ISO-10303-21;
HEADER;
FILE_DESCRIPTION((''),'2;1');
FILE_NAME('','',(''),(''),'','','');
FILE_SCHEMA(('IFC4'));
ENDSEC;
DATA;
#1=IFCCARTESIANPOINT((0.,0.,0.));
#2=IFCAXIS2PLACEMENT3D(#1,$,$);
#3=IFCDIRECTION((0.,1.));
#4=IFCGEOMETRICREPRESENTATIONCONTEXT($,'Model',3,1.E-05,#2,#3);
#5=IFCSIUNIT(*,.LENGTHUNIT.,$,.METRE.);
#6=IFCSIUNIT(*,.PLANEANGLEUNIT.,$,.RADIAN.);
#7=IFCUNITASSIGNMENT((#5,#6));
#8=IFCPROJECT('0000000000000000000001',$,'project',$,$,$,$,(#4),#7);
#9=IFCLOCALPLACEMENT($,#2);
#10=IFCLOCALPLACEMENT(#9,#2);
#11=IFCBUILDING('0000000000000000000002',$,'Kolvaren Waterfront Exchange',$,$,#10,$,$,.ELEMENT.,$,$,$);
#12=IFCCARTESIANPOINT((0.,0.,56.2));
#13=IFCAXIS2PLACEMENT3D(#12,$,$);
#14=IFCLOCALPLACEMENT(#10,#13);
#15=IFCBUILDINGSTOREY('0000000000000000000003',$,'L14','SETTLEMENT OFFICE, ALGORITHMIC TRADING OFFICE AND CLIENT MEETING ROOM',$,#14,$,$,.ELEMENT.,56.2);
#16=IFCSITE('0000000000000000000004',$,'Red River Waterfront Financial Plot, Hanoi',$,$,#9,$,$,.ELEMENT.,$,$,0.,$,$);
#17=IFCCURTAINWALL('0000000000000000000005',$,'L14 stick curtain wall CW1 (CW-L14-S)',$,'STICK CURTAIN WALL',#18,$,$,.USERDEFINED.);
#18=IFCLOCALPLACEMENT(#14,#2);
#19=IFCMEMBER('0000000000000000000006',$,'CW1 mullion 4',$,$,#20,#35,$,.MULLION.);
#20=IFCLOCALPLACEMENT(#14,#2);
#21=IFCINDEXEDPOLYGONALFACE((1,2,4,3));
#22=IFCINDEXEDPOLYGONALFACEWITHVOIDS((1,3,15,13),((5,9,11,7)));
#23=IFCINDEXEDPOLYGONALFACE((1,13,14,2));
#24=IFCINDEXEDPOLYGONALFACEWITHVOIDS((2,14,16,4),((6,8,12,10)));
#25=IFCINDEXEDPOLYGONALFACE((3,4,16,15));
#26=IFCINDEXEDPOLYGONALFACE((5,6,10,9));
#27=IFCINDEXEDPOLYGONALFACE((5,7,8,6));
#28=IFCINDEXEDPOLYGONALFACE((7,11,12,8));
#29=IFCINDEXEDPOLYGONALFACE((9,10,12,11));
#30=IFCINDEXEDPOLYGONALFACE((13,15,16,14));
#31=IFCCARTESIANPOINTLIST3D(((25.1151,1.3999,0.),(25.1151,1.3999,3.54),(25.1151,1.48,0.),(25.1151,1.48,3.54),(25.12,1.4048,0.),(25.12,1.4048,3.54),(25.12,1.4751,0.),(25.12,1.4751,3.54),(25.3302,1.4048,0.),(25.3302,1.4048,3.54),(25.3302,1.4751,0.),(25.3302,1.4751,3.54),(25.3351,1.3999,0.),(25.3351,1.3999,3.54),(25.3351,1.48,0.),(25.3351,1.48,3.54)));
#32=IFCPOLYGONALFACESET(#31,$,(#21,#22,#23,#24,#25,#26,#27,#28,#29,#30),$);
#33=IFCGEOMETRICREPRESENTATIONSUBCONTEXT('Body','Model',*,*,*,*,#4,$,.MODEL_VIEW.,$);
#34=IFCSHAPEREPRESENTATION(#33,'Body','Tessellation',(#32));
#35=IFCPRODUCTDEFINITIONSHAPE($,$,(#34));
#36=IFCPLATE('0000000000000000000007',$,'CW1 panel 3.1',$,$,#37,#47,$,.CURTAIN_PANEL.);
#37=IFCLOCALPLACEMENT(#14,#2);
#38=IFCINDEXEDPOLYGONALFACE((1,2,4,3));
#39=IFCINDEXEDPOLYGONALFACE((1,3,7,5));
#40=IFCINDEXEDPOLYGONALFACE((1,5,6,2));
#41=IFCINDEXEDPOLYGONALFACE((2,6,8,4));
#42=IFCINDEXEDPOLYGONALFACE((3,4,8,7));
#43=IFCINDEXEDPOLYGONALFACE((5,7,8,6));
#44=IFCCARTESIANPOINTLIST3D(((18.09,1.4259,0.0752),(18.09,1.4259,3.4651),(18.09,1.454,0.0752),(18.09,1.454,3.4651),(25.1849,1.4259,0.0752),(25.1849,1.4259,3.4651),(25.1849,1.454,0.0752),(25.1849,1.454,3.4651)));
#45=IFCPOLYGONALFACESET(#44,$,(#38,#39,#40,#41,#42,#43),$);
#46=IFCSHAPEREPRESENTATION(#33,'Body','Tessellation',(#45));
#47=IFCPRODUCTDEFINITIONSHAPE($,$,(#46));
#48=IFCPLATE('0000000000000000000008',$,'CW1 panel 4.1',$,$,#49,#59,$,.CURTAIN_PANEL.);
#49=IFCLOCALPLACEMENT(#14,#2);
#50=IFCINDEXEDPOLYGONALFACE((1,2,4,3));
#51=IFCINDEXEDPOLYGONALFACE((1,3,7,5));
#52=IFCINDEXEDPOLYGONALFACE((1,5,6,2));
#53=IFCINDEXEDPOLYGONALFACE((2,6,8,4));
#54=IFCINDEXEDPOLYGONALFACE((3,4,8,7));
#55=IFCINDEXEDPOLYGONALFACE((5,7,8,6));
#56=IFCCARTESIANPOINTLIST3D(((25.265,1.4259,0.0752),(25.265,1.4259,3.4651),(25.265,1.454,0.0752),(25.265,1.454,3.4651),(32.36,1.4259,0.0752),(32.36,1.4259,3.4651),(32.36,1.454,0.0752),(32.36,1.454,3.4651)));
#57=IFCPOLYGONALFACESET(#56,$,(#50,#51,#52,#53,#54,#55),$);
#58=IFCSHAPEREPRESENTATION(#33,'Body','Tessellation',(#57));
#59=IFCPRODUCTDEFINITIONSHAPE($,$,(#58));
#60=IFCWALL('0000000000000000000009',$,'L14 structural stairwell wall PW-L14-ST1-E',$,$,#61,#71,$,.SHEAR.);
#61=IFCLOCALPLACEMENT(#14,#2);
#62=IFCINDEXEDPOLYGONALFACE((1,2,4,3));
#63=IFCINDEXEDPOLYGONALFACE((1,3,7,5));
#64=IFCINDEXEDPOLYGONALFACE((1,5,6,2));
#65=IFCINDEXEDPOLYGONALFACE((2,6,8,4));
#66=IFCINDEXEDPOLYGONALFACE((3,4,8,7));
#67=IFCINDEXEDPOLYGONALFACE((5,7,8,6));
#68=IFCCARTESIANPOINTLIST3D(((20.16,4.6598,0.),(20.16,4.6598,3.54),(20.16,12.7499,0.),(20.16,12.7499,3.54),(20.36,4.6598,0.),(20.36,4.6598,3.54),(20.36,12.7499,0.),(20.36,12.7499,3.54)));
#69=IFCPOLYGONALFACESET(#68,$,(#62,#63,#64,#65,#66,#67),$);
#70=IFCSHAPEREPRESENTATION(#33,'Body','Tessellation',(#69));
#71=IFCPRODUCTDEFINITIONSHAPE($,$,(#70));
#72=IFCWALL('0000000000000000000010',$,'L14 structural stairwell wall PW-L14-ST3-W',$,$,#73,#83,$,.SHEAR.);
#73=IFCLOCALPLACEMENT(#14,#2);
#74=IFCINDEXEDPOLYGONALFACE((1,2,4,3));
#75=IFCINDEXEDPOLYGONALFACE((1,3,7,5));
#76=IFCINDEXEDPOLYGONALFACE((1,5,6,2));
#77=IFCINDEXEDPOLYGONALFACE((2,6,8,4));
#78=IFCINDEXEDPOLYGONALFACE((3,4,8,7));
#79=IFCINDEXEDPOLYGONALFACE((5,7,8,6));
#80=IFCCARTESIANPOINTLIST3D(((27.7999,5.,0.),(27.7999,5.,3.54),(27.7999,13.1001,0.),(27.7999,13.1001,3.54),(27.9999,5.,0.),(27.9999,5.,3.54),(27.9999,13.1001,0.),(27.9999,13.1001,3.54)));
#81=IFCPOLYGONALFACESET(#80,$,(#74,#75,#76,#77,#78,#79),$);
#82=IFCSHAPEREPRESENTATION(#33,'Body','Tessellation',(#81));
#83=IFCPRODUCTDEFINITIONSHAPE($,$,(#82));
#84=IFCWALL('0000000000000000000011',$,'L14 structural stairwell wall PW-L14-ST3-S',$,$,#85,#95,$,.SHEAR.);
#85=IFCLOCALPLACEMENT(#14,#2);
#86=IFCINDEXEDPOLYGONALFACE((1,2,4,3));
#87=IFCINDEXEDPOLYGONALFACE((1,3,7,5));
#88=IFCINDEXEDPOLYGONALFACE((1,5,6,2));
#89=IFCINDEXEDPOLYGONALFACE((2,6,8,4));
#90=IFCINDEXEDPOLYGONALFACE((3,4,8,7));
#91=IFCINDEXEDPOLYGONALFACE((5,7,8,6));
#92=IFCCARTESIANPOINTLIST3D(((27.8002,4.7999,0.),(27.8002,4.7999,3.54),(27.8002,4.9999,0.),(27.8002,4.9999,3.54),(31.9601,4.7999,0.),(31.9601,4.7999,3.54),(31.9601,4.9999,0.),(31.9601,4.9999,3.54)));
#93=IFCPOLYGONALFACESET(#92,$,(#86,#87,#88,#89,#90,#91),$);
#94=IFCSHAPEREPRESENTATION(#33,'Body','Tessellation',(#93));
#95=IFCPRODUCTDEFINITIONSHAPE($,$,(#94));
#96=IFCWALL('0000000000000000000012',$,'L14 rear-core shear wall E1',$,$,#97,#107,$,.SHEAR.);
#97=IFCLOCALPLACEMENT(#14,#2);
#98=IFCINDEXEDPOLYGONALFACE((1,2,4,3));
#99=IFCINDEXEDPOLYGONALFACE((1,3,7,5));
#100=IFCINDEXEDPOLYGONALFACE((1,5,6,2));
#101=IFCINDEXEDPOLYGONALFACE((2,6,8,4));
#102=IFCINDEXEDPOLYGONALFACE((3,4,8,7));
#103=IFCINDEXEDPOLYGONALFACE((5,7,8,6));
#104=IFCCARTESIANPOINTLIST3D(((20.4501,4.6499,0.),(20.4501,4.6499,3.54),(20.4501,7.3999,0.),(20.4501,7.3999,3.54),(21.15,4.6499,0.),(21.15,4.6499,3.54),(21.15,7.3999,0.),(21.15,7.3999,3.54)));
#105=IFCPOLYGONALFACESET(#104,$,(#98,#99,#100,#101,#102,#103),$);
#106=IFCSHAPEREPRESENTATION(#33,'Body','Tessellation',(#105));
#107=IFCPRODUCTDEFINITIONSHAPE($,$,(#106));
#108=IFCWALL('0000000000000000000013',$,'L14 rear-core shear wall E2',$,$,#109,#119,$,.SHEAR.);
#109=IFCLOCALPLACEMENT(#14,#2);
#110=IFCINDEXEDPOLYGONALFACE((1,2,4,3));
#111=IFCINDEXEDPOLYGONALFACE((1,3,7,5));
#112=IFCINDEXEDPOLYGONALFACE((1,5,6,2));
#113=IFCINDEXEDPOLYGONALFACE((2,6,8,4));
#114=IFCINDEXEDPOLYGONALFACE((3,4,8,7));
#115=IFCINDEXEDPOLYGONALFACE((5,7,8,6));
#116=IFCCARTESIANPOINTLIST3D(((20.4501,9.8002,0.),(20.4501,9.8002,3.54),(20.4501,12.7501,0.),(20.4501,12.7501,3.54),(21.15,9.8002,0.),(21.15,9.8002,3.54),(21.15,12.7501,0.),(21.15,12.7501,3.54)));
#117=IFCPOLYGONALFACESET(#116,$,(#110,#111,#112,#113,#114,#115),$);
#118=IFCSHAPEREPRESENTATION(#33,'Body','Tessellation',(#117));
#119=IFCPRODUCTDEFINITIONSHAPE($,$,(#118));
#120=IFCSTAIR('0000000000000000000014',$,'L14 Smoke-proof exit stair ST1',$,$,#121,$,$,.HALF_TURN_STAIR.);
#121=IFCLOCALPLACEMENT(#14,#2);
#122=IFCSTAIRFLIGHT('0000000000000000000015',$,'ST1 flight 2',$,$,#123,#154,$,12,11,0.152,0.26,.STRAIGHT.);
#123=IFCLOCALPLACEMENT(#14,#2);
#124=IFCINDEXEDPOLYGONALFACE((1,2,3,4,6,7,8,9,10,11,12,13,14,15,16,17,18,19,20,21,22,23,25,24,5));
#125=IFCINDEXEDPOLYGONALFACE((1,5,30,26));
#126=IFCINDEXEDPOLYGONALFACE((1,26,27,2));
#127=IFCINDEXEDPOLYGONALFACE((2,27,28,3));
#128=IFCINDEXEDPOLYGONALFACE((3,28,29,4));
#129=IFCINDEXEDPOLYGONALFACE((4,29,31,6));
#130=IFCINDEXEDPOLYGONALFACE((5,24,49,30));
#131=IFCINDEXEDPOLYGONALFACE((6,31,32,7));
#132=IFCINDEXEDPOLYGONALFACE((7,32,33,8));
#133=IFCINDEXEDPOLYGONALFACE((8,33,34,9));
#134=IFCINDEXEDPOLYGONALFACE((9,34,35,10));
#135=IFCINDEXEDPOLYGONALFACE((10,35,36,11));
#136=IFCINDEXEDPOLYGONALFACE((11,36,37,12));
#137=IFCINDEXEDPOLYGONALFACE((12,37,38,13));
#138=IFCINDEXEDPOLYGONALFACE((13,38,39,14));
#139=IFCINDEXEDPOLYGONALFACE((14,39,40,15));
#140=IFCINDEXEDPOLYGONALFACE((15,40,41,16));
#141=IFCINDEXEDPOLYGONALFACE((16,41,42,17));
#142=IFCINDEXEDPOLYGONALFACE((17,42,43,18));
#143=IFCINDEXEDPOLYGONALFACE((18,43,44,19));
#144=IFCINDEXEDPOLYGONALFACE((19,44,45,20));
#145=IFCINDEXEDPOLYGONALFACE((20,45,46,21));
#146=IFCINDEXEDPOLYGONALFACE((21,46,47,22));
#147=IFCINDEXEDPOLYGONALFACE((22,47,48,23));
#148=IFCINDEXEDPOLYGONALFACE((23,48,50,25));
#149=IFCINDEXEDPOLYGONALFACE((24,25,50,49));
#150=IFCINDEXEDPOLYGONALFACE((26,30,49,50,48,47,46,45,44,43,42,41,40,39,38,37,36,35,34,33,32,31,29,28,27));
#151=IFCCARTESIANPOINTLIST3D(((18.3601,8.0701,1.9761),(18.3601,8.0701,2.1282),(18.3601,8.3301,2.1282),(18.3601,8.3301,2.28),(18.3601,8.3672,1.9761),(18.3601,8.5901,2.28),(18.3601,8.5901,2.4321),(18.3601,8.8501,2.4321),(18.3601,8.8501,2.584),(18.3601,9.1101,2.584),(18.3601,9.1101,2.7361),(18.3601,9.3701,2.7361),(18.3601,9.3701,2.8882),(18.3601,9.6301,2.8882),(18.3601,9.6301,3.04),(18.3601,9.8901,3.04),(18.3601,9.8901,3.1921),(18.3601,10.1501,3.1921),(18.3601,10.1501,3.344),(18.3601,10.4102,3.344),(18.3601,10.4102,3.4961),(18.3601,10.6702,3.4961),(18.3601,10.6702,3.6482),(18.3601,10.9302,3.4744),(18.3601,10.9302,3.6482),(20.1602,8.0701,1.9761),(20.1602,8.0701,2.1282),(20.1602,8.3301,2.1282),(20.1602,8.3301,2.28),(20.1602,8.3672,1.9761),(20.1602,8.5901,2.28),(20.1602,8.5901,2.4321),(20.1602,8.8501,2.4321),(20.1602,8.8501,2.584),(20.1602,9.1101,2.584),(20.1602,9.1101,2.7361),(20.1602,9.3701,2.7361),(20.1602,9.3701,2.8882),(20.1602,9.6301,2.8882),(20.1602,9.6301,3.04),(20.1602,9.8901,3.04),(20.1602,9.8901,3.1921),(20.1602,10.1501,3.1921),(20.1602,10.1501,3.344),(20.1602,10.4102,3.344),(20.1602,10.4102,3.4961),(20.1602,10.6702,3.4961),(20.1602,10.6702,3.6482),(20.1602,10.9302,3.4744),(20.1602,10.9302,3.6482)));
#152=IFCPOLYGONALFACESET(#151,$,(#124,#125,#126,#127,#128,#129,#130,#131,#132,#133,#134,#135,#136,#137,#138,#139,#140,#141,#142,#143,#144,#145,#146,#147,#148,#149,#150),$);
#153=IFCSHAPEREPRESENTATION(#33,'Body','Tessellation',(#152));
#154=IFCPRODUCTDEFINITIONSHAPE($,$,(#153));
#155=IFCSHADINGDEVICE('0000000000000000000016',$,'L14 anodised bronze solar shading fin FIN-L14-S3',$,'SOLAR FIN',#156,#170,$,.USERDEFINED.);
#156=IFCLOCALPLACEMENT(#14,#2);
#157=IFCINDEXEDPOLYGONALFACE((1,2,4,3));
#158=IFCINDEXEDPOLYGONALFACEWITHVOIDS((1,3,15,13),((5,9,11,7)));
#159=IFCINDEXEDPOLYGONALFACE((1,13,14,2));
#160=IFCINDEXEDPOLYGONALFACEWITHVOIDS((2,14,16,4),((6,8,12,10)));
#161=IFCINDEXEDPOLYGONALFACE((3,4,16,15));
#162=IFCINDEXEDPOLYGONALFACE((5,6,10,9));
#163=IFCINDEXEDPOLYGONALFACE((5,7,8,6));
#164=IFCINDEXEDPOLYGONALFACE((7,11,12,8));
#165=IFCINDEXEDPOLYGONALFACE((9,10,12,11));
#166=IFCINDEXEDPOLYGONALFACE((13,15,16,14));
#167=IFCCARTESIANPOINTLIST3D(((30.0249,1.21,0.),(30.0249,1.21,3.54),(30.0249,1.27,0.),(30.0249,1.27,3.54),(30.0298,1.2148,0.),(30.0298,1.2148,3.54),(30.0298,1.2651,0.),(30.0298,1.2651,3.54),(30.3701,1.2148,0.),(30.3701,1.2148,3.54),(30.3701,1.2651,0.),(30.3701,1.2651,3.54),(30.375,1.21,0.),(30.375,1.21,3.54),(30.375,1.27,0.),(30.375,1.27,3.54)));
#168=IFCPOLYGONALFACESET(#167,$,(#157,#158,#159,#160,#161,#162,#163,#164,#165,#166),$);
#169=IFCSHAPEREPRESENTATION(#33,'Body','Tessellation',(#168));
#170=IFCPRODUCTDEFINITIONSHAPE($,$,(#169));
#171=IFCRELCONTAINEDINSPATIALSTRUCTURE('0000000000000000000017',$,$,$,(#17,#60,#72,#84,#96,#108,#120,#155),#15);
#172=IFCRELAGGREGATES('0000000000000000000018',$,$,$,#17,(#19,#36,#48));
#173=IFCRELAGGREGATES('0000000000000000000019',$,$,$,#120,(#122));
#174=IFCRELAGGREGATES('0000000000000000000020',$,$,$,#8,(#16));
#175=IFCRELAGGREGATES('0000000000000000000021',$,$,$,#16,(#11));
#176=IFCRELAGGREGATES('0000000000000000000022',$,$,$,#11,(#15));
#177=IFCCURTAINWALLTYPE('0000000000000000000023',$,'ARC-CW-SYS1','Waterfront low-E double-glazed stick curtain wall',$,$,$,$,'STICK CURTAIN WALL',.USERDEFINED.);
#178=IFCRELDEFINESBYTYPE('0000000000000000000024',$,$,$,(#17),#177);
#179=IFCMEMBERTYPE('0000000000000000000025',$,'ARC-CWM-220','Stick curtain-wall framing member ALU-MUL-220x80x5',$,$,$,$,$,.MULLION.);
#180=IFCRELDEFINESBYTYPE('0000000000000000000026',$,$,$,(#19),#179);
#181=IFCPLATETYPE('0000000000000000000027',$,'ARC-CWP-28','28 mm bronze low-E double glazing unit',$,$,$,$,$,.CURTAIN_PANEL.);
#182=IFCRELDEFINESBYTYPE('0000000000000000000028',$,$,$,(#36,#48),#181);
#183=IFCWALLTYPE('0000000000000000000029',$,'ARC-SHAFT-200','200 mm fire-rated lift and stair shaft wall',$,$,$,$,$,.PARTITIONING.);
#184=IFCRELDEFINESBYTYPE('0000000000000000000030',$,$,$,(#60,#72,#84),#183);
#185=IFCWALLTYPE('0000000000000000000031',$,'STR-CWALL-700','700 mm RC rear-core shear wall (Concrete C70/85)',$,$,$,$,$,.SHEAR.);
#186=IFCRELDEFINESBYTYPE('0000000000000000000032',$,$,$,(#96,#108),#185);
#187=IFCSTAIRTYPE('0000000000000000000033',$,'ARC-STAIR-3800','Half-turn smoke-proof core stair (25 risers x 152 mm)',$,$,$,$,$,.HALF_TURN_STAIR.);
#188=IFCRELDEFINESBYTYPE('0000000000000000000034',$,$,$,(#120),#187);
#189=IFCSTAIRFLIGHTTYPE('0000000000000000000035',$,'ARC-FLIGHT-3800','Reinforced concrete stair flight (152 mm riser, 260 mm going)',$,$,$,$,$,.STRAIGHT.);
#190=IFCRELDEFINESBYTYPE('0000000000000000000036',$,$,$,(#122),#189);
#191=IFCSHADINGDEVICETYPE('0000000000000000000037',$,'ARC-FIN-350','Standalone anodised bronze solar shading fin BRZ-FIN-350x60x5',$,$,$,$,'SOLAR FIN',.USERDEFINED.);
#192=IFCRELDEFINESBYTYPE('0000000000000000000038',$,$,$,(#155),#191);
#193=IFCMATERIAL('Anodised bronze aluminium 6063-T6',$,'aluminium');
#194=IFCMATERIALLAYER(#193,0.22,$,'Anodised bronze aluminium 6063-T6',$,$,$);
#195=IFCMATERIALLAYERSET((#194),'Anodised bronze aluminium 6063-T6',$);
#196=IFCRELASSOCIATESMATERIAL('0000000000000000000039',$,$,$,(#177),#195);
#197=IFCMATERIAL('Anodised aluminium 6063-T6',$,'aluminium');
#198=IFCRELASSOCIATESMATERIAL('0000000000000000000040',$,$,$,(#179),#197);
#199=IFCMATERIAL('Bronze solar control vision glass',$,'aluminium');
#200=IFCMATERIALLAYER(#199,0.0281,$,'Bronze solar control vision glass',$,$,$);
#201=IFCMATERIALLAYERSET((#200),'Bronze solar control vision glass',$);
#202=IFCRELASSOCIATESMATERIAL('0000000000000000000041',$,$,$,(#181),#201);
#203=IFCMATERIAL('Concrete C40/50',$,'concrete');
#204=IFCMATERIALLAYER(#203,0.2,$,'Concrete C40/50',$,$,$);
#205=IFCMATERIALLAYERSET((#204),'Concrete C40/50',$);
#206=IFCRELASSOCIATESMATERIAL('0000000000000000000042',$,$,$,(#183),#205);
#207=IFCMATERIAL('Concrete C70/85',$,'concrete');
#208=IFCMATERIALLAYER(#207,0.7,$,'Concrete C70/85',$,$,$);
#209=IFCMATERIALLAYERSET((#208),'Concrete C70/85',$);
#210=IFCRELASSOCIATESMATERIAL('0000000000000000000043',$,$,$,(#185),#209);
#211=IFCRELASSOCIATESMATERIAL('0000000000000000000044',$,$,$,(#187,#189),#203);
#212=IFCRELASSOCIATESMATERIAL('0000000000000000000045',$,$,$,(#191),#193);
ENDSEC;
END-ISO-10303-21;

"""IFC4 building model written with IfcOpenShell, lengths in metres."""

from ifc_helpers import new_model, si_unit, direction, frame, frame_2d, origin, origin_with_axes, origin_2d, place, context, subcontext, project, spatial, polyline, rectangle, hollow_rectangle, outline, extrude, source, transform, mapped, material, layer, layer_set, material_profile, profile_set, type_object, element, aggregate, save


model = new_model("IFC4")

# Units and contexts
model_context = context("Model", 3, precision=1e-05, world=origin(), true_north=direction((0.0, 1.0)))
body_context = subcontext(model_context, "Body", "Model", "MODEL_VIEW")
ifc_project = project(units=[si_unit("LENGTHUNIT", "METRE"), si_unit("PLANEANGLEUNIT", "RADIAN")], contexts=[model_context])

# Site, building, storey
site_placement = place(None, origin())
site = spatial("IfcSite", under=ifc_project, at=site_placement, Name="Red River Waterfront Financial Plot, Hanoi", CompositionType="ELEMENT", RefElevation=0.0)
building_placement = place(site_placement, origin())
building = spatial("IfcBuilding", under=site, at=building_placement, Name="Kolvaren Waterfront Exchange", CompositionType="ELEMENT")
storey_placement = place(building_placement, frame((0.0, 0.0, 56.2)))
storey = spatial("IfcBuildingStorey", under=building, at=storey_placement, Name="L14", Description="SETTLEMENT OFFICE, ALGORITHMIC TRADING OFFICE AND CLIENT MEETING ROOM", CompositionType="ELEMENT", Elevation=56.2)

# Shared definitions
ifc_material_1 = material(Name="Concrete C70/85", Category="concrete")

# Curtain wall, member, plates
ifc_material_2 = material(Name="Anodised bronze aluminium 6063-T6", Category="aluminium")
ifc_layer_1 = layer(ifc_material_2, 0.22, Name="Anodised bronze aluminium 6063-T6")
ifc_layer_set_1 = layer_set([ifc_layer_1], Name="Anodised bronze aluminium 6063-T6")
curtain_wall_type = type_object("IfcCurtainWallType", Name="ARC-CW-SYS1", Description="Waterfront low-E double-glazed stick curtain wall", ElementType="STICK CURTAIN WALL", PredefinedType="USERDEFINED", material=ifc_layer_set_1)
curtain_wall_placement = place(storey_placement, origin())
curtain_wall = element("IfcCurtainWall", 1, at=curtain_wall_placement, inside=storey, type_object=curtain_wall_type, Name="L14 stick curtain wall CW1 (CW-L14-S)", ObjectType="STICK CURTAIN WALL", PredefinedType="USERDEFINED")
ifc_material_3 = material(Name="Anodised aluminium 6063-T6", Category="aluminium")
ifc_material_profile_1 = material_profile(ifc_material_3, hollow_rectangle(XDim=0.0801, YDim=0.22, WallThickness=0.0049, at=origin_2d()), Name="ALU-MUL-220x80x5")
ifc_profile_set_1 = profile_set([ifc_material_profile_1], Name="Anodised aluminium 6063-T6")
member_type_1 = type_object("IfcMemberType", Name="ARC-CWM-220", Description="Stick curtain-wall framing member ALU-MUL-220x80x5", PredefinedType="MULLION", material=ifc_profile_set_1)
shared_shape_1 = source(origin_with_axes(), body_context, "Body", "SweptSolid", [
    extrude(hollow_rectangle(XDim=0.0801, YDim=0.22, WallThickness=0.0049, at=origin_2d()), origin(), (0.0, 0.0, 1.0), 3.54),
])
member_1_placement = place(storey_placement, frame((25.2251, 1.4399, 0.0), z_axis=(0.0, 0.0, 1.0), x_axis=(0.0, 1.0, 0.0)))
member_1 = element("IfcMember", 2, at=member_1_placement, type_object=member_type_1, Name="CW1 mullion 4", PredefinedType="MULLION", context=body_context, shape_type="MappedRepresentation", body=[
    mapped(shared_shape_1, transform((0.0, 0.0, 0.0), x_axis=(1.0, 0.0, 0.0), y_axis=(0.0, 1.0, 0.0), z_axis=(0.0, 0.0, 1.0), scale=1.0)),
])
ifc_material_4 = material(Name="Bronze solar control vision glass", Category="aluminium")
ifc_layer_2 = layer(ifc_material_4, 0.0281, Name="Bronze solar control vision glass")
ifc_layer_set_2 = layer_set([ifc_layer_2], Name="Bronze solar control vision glass")
plate_type = type_object("IfcPlateType", Name="ARC-CWP-28", Description="28 mm bronze low-E double glazing unit", PredefinedType="CURTAIN_PANEL", material=ifc_layer_set_2)
shared_shape_2 = source(origin_with_axes(), body_context, "Body", "SweptSolid", [
    extrude(rectangle(XDim=7.095, YDim=0.0281, at=origin_2d()), origin(), (0.0, 0.0, 1.0), 3.3899),
])
plate_1_placement = place(storey_placement, frame((21.6375, 1.4399, 0.0752), z_axis=(0.0, 0.0, 1.0), x_axis=(1.0, 0.0, 0.0)))
plate_1 = element("IfcPlate", 3, at=plate_1_placement, type_object=plate_type, Name="CW1 panel 3.1", PredefinedType="CURTAIN_PANEL", context=body_context, shape_type="MappedRepresentation", body=[
    mapped(shared_shape_2, transform((0.0, 0.0, 0.0), x_axis=(1.0, 0.0, 0.0), y_axis=(0.0, 1.0, 0.0), z_axis=(0.0, 0.0, 1.0), scale=1.0)),
])
plate_2_placement = place(storey_placement, frame((28.8125, 1.4399, 0.0752), z_axis=(0.0, 0.0, 1.0), x_axis=(1.0, 0.0, 0.0)))
plate_2 = element("IfcPlate", 4, at=plate_2_placement, type_object=plate_type, Name="CW1 panel 4.1", PredefinedType="CURTAIN_PANEL", context=body_context, shape_type="MappedRepresentation", body=[
    mapped(shared_shape_2, transform((0.0, 0.0, 0.0), x_axis=(1.0, 0.0, 0.0), y_axis=(0.0, 1.0, 0.0), z_axis=(0.0, 0.0, 1.0), scale=1.0)),
])
aggregate(curtain_wall, [member_1, plate_1, plate_2])

# Walls
ifc_material_5 = material(Name="Concrete C40/50", Category="concrete")
ifc_layer_3 = layer(ifc_material_5, 0.2, Name="Concrete C40/50")
ifc_layer_set_3 = layer_set([ifc_layer_3], Name="Concrete C40/50")
wall_type_1 = type_object("IfcWallType", Name="ARC-SHAFT-200", Description="200 mm fire-rated lift and stair shaft wall", PredefinedType="PARTITIONING", material=ifc_layer_set_3)
wall_1_placement = place(storey_placement, frame((20.26, 4.6599, 0.0), z_axis=(0.0, 0.0, 1.0), x_axis=(0.0, 1.0, 0.0)))
element("IfcWall", 5, at=wall_1_placement, inside=storey, type_object=wall_type_1, Name="L14 structural stairwell wall PW-L14-ST1-E", PredefinedType="SHEAR", context=body_context, shape_type="SweptSolid", body=[
    extrude(rectangle(XDim=8.0901, YDim=0.2, at=frame_2d((4.0449, 0.0))), origin(), (0.0, 0.0, 1.0), 3.54),
])
wall_2_placement = place(storey_placement, frame((27.8999, 5.0, 0.0), z_axis=(0.0, 0.0, 1.0), x_axis=(0.0, 1.0, 0.0)))
element("IfcWall", 6, at=wall_2_placement, inside=storey, type_object=wall_type_1, Name="L14 structural stairwell wall PW-L14-ST3-W", PredefinedType="SHEAR", context=body_context, shape_type="SweptSolid", body=[
    extrude(rectangle(XDim=8.1001, YDim=0.2, at=frame_2d((4.05, 0.0))), origin(), (0.0, 0.0, 1.0), 3.54),
])
wall_3_placement = place(storey_placement, frame((27.8, 4.8999, 0.0), z_axis=(0.0, 0.0, 1.0), x_axis=(1.0, 0.0, 0.0)))
element("IfcWall", 7, at=wall_3_placement, inside=storey, type_object=wall_type_1, Name="L14 structural stairwell wall PW-L14-ST3-S", PredefinedType="SHEAR", context=body_context, shape_type="SweptSolid", body=[
    extrude(rectangle(XDim=4.1599, YDim=0.2, at=frame_2d((2.0801, 0.0))), origin(), (0.0, 0.0, 1.0), 3.54),
])
ifc_layer_4 = layer(ifc_material_1, 0.7, Name="Concrete C70/85")
ifc_layer_set_4 = layer_set([ifc_layer_4], Name="Concrete C70/85")
wall_type_2 = type_object("IfcWallType", Name="STR-CWALL-700", Description="700 mm RC rear-core shear wall (Concrete C70/85)", PredefinedType="SHEAR", material=ifc_layer_set_4)
wall_4_placement = place(storey_placement, frame((20.8, 4.6499, 0.0), z_axis=(0.0, 0.0, 1.0), x_axis=(0.0, 1.0, 0.0)))
element("IfcWall", 8, at=wall_4_placement, inside=storey, type_object=wall_type_2, Name="L14 rear-core shear wall E1", PredefinedType="SHEAR", context=body_context, shape_type="SweptSolid", body=[
    extrude(rectangle(XDim=2.75, YDim=0.7, at=frame_2d((1.375, 0.0))), origin(), (0.0, 0.0, 1.0), 3.54),
])
wall_5_placement = place(storey_placement, frame((20.8, 9.8, 0.0), z_axis=(0.0, 0.0, 1.0), x_axis=(0.0, 1.0, 0.0)))
element("IfcWall", 9, at=wall_5_placement, inside=storey, type_object=wall_type_2, Name="L14 rear-core shear wall E2", PredefinedType="SHEAR", context=body_context, shape_type="SweptSolid", body=[
    extrude(rectangle(XDim=2.95, YDim=0.7, at=frame_2d((1.4751, 0.0))), origin(), (0.0, 0.0, 1.0), 3.54),
])

# Stair, stair flight
stair_type = type_object("IfcStairType", Name="ARC-STAIR-3800", Description="Half-turn smoke-proof core stair (25 risers x 152 mm)", PredefinedType="HALF_TURN_STAIR", material=ifc_material_5)
stair_placement = place(storey_placement, origin())
stair = element("IfcStair", 10, at=stair_placement, inside=storey, type_object=stair_type, Name="L14 Smoke-proof exit stair ST1", PredefinedType="HALF_TURN_STAIR")
stair_flight_type = type_object("IfcStairFlightType", Name="ARC-FLIGHT-3800", Description="Reinforced concrete stair flight (152 mm riser, 260 mm going)", PredefinedType="STRAIGHT", material=ifc_material_5)
stair_flight_placement = place(storey_placement, frame((19.26, 8.0701, 1.9761), z_axis=(0.0, 0.0, 1.0), x_axis=(0.0, 1.0, 0.0)))
stair_flight = element("IfcStairFlight", 11, at=stair_flight_placement, type_object=stair_flight_type, Name="ST1 flight 2", NumberOfRisers=12, NumberOfTreads=11, PredefinedType="STRAIGHT", RiserHeight=0.152, TreadLength=0.26, context=body_context, shape_type="SweptSolid", body=[
    extrude(outline(polyline([(0.0, 0.0), (0.0, 0.1521), (0.26, 0.1521), (0.26, 0.304), (0.52, 0.304), (0.52, 0.4561), (0.78, 0.4561), (0.78, 0.6079), (1.04, 0.6079), (1.04, 0.76), (1.3, 0.76), (1.3, 0.9121), (1.5601, 0.9121), (1.5601, 1.064), (1.8201, 1.064), (1.8201, 1.2161), (2.0801, 1.2161), (2.0801, 1.3679), (2.3401, 1.3679), (2.3401, 1.52), (2.6001, 1.52), (2.6001, 1.6721), (2.8601, 1.6721), (2.8601, 1.824), (2.8601, 1.4983), (0.2971, 0.0), (0.0, 0.0)])), frame((0.0, 0.8999, 0.0), z_axis=(0.0, -1.0, 0.0), x_axis=(1.0, 0.0, 0.0)), (0.0, 0.0, 1.0), 1.8),
])
aggregate(stair, [stair_flight])

# Shading device
ifc_material_profile_2 = material_profile(ifc_material_2, hollow_rectangle(XDim=0.0601, YDim=0.3501, WallThickness=0.0049, at=origin_2d()), Name="BRZ-FIN-350x60x5")
ifc_profile_set_2 = profile_set([ifc_material_profile_2], Name="Anodised bronze aluminium 6063-T6")
shading_device_type = type_object("IfcShadingDeviceType", Name="ARC-FIN-350", Description="Standalone anodised bronze solar shading fin BRZ-FIN-350x60x5", ElementType="SOLAR FIN", PredefinedType="USERDEFINED", material=ifc_profile_set_2)
shading_device_placement = place(storey_placement, frame((30.2, 1.24, 0.0), z_axis=(0.0, 0.0, 1.0), x_axis=(0.0, -1.0, 0.0)))
element("IfcShadingDevice", 12, at=shading_device_placement, inside=storey, type_object=shading_device_type, Name="L14 anodised bronze solar shading fin FIN-L14-S3", ObjectType="SOLAR FIN", PredefinedType="USERDEFINED", context=body_context, shape_type="SweptSolid", body=[
    extrude(hollow_rectangle(XDim=0.0601, YDim=0.3501, WallThickness=0.0049, at=origin_2d()), origin(), (0.0, 0.0, 1.0), 3.54),
])

save(model, "model.ifc")
